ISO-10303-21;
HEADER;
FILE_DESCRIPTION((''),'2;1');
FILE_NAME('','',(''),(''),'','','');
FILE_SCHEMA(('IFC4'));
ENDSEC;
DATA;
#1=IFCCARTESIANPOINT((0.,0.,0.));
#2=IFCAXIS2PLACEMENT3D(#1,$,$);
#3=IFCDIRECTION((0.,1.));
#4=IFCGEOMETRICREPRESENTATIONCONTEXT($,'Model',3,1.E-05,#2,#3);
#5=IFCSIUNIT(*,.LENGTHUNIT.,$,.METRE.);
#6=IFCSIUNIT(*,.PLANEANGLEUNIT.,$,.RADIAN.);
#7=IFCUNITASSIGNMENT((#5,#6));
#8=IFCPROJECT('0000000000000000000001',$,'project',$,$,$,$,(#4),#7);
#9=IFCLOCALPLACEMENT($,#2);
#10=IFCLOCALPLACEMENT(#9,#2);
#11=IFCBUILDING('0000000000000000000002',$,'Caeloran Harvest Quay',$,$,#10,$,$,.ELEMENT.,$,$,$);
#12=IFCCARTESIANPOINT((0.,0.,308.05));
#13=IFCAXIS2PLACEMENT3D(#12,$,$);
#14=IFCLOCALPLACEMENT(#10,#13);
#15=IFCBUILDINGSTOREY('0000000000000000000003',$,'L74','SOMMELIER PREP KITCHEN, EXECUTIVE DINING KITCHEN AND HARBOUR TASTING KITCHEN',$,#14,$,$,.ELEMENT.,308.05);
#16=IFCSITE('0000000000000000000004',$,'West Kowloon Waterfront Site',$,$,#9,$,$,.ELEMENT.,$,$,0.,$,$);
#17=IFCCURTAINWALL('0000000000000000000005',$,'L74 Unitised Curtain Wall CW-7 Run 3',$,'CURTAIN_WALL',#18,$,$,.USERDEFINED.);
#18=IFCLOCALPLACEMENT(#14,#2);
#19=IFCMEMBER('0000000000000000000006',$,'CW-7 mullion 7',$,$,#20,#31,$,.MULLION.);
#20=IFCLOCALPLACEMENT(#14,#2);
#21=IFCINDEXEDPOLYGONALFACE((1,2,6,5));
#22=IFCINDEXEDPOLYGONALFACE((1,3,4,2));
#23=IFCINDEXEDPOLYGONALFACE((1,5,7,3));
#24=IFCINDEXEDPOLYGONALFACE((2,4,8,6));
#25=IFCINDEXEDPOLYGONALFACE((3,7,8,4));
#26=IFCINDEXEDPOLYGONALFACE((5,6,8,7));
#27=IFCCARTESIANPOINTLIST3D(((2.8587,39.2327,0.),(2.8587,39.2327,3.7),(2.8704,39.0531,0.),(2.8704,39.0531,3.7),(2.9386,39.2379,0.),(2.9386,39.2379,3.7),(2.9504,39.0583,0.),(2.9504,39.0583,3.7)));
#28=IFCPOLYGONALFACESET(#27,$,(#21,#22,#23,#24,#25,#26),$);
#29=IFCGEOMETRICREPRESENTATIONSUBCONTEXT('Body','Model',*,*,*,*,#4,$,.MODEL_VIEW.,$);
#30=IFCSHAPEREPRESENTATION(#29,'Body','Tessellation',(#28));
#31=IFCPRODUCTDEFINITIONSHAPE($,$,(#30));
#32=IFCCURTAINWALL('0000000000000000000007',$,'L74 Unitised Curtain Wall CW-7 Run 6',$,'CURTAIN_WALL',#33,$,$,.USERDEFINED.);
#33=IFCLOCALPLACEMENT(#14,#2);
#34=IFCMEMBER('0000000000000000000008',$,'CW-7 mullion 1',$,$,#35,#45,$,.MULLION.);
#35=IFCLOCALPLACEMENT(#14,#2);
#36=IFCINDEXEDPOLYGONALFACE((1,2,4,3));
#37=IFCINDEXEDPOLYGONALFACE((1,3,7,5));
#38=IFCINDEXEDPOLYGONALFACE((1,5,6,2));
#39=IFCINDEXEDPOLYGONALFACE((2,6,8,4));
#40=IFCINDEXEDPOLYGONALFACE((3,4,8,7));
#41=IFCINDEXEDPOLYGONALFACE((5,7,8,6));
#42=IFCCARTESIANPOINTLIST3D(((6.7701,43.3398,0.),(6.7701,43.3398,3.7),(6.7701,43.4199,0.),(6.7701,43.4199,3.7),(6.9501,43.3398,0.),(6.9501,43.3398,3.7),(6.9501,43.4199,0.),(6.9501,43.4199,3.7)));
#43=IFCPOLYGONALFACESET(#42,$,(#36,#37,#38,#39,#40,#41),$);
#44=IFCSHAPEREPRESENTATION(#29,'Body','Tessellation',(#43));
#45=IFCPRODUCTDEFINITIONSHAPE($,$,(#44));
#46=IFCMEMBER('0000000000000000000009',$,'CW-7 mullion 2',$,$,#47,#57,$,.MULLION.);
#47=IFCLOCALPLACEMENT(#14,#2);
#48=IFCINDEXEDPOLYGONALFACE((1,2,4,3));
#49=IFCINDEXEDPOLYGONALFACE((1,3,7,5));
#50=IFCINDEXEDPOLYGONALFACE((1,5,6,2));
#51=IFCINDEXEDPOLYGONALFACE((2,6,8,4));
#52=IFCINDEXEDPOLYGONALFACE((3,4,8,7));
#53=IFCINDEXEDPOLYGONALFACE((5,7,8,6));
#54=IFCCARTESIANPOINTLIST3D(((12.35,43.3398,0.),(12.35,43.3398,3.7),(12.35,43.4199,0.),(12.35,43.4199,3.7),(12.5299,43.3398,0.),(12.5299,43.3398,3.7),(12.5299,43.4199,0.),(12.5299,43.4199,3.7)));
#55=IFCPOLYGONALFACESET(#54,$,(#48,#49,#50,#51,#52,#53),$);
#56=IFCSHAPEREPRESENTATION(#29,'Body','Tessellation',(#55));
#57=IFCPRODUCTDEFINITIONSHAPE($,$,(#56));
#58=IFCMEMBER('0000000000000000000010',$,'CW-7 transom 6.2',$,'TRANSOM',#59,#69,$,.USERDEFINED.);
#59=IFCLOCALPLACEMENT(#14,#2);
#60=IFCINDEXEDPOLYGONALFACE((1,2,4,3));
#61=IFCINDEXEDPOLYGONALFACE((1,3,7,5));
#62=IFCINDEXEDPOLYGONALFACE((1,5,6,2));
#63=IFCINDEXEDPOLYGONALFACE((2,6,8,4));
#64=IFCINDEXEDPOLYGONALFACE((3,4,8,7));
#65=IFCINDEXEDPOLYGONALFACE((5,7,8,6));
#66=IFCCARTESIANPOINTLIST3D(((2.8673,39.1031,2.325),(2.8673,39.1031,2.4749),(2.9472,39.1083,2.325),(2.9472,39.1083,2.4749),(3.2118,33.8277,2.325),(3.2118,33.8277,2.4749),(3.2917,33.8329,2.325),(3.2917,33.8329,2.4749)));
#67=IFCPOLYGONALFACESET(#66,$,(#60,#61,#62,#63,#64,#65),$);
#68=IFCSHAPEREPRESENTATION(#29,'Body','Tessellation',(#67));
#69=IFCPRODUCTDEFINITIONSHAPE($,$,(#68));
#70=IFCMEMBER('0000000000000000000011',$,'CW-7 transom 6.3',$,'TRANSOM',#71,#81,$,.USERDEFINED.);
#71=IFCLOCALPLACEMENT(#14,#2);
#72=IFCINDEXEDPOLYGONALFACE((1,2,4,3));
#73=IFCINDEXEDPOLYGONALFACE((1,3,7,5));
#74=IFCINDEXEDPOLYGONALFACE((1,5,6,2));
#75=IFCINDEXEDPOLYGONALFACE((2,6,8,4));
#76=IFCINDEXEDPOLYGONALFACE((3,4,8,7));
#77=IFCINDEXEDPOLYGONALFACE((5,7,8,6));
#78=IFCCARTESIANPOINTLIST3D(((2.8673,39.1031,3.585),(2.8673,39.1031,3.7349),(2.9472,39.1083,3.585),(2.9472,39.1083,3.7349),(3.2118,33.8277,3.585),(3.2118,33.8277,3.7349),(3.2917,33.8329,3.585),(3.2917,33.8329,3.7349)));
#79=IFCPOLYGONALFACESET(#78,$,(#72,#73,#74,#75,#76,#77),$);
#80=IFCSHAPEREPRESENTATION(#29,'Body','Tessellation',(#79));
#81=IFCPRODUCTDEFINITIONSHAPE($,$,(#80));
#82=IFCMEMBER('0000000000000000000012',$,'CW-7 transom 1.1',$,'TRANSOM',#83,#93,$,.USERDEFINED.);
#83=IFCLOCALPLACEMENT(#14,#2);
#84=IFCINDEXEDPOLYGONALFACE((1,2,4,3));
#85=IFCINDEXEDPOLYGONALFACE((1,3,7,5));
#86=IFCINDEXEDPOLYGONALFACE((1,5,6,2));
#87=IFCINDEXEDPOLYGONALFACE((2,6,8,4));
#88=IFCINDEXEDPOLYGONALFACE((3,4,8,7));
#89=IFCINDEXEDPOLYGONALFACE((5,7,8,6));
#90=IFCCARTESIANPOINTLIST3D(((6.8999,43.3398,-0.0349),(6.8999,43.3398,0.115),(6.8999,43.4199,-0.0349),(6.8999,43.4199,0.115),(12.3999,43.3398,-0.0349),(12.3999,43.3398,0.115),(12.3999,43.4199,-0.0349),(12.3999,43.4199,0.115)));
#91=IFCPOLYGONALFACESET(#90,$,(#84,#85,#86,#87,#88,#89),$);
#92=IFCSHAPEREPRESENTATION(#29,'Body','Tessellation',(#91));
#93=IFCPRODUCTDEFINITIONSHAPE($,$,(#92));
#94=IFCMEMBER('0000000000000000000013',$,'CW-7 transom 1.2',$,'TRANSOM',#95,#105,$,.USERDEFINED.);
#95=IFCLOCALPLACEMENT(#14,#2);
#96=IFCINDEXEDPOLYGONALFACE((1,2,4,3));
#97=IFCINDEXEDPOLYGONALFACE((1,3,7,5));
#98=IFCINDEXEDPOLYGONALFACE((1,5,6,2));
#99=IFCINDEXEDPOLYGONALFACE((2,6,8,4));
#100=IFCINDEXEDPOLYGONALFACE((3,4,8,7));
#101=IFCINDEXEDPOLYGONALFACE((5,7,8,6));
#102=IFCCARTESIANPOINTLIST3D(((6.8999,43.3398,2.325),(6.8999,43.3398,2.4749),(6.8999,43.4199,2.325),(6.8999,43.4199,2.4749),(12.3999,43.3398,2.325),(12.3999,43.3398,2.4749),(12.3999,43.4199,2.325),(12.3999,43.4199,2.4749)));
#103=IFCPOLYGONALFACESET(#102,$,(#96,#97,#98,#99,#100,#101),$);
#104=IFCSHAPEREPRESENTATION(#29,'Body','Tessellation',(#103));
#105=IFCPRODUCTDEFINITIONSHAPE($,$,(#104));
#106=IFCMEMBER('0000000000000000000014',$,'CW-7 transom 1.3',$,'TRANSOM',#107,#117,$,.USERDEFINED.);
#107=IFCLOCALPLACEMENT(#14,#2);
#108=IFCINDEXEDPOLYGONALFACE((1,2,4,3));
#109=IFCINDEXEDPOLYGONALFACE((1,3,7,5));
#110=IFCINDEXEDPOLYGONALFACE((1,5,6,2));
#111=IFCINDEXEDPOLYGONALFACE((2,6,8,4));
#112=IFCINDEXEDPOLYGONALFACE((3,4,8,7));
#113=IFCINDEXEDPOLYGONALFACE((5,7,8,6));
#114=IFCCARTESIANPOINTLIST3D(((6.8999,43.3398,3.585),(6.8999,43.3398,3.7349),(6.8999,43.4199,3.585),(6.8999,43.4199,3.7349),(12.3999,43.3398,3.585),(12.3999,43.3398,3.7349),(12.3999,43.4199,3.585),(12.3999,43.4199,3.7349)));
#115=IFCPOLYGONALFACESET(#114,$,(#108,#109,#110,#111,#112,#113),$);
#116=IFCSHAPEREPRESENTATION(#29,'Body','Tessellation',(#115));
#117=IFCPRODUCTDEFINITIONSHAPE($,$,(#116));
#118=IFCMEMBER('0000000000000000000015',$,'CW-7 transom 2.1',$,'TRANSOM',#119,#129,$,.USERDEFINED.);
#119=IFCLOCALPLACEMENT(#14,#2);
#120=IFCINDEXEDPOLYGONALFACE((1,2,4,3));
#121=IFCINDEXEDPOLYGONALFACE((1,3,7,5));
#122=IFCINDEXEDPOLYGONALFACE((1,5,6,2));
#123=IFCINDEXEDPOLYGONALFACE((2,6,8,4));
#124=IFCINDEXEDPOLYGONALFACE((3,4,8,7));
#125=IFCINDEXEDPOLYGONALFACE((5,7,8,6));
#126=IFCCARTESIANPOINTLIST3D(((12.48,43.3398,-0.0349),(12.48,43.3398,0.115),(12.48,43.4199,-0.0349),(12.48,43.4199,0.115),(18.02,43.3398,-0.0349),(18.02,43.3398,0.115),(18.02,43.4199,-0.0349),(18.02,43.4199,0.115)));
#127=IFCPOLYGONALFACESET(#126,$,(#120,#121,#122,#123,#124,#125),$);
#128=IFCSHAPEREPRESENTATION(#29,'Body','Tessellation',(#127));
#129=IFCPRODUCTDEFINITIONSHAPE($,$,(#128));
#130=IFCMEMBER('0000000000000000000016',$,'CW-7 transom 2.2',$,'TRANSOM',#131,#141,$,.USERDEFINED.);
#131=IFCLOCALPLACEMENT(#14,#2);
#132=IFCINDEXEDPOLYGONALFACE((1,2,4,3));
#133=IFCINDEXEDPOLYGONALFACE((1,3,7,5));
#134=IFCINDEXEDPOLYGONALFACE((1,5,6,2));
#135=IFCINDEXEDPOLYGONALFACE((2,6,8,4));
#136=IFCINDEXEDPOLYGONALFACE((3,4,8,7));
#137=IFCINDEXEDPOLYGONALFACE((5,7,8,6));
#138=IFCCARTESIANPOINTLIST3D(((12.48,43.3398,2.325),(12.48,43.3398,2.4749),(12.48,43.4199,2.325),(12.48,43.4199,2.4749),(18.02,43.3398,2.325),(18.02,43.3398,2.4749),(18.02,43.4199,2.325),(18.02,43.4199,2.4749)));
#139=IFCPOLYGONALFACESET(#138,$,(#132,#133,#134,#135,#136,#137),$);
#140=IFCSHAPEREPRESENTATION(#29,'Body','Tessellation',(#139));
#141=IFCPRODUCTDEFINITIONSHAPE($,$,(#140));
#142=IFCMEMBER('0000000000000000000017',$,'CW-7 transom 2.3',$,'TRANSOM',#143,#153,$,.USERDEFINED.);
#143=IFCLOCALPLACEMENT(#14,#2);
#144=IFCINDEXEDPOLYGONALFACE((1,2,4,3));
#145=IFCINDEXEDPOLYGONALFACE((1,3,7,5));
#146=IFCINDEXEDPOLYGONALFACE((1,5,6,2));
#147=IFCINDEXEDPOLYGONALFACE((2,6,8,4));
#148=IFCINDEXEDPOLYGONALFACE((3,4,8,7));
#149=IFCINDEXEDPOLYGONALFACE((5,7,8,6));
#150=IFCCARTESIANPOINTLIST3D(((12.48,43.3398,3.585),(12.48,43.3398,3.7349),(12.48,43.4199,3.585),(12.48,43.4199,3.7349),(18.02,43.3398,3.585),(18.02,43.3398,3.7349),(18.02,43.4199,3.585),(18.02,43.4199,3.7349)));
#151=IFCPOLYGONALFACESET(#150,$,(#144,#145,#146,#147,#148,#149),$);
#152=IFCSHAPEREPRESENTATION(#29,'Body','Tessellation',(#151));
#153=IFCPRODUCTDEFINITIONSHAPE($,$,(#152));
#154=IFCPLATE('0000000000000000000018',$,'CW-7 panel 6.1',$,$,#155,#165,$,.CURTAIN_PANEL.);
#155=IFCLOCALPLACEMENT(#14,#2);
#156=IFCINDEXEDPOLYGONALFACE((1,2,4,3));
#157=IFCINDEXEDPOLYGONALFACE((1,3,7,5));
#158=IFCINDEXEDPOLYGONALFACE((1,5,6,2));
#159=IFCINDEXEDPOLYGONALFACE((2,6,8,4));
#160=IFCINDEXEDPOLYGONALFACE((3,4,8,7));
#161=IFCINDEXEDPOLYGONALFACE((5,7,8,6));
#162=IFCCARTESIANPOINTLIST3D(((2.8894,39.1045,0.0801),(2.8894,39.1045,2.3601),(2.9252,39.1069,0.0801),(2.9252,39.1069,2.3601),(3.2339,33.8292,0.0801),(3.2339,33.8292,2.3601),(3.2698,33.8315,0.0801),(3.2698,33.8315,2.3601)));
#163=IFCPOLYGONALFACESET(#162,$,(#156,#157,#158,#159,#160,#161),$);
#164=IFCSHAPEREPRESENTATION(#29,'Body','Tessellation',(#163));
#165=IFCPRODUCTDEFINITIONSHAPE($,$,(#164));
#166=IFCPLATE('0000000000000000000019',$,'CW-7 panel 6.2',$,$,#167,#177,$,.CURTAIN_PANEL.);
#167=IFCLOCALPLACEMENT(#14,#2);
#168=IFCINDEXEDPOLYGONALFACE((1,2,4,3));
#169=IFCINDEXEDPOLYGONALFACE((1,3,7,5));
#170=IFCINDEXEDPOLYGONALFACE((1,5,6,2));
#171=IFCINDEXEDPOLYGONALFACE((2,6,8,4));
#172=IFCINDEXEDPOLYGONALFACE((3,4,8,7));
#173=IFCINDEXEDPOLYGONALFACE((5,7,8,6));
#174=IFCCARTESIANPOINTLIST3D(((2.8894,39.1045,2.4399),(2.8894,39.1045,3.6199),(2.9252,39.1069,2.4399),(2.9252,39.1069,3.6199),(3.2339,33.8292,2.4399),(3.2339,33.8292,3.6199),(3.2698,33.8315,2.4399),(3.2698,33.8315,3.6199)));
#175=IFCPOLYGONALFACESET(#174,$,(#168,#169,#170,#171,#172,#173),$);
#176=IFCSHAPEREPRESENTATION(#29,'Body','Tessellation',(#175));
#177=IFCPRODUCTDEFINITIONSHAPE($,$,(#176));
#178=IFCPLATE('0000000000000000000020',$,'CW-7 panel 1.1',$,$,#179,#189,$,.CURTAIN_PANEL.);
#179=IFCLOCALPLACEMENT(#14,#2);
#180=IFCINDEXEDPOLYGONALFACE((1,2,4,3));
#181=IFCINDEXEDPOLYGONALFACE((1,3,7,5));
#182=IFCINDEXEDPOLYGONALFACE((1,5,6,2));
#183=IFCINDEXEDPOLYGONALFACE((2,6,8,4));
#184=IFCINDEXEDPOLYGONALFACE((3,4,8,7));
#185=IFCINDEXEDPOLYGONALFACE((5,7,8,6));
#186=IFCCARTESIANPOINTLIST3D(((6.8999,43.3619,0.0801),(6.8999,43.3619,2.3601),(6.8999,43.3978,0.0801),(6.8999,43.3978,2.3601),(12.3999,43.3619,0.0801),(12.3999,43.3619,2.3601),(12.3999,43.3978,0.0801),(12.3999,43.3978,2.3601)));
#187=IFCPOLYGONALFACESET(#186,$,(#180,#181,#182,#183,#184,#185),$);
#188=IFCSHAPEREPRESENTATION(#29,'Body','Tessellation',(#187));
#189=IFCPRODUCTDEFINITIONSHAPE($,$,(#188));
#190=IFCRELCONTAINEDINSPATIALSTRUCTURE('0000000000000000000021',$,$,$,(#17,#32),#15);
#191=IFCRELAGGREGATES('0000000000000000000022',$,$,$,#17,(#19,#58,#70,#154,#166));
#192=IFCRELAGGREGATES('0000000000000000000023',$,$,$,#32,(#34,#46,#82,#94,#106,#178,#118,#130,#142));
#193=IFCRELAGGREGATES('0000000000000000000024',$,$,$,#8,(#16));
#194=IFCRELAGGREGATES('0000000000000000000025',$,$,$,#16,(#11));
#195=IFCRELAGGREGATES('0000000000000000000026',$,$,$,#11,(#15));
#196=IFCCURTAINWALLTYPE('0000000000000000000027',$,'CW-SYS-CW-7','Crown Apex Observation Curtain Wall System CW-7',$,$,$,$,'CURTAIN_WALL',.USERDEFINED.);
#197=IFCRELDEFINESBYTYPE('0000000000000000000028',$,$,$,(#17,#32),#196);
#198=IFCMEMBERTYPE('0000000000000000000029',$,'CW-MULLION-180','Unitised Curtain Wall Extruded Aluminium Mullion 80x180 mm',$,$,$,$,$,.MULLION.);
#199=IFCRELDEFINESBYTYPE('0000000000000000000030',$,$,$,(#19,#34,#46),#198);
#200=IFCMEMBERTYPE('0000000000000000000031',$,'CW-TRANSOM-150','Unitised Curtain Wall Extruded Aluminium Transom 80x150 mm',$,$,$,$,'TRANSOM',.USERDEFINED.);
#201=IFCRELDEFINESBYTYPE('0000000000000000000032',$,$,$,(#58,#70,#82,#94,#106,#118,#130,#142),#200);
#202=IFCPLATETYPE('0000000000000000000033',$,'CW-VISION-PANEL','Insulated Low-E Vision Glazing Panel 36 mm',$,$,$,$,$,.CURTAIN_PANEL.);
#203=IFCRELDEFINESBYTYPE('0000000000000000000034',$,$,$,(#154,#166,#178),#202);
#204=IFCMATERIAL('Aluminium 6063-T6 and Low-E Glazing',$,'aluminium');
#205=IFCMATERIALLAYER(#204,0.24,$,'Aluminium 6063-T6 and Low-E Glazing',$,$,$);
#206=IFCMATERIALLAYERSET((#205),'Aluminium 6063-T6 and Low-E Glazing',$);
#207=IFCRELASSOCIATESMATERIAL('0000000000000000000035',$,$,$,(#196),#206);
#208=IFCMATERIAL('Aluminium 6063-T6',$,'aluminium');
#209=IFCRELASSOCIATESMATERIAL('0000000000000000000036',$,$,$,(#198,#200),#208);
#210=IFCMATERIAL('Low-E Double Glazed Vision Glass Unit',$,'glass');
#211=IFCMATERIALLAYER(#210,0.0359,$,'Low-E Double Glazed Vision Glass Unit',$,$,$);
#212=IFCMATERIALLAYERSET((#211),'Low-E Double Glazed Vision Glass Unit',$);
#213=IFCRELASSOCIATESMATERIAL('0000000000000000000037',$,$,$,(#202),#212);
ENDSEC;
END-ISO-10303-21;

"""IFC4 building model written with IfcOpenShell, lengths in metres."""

from ifc_helpers import new_model, si_unit, direction, frame, origin, origin_2d, place, context, subcontext, project, spatial, rectangle, extrude, material, layer, layer_set, material_profile, profile_set, type_object, element, aggregate, save


model = new_model("IFC4")

# Units and contexts
model_context = context("Model", 3, precision=1e-05, world=origin(), true_north=direction((0.0, 1.0)))
body_context = subcontext(model_context, "Body", "Model", "MODEL_VIEW")
ifc_project = project(units=[si_unit("LENGTHUNIT", "METRE"), si_unit("PLANEANGLEUNIT", "RADIAN")], contexts=[model_context])

# Site, building, storey
site_placement = place(None, origin())
site = spatial("IfcSite", under=ifc_project, at=site_placement, Name="West Kowloon Waterfront Site", CompositionType="ELEMENT", RefElevation=0.0)
building_placement = place(site_placement, origin())
building = spatial("IfcBuilding", under=site, at=building_placement, Name="Caeloran Harvest Quay", CompositionType="ELEMENT")
storey_placement = place(building_placement, frame((0.0, 0.0, 308.05)))
storey = spatial("IfcBuildingStorey", under=building, at=storey_placement, Name="L74", Description="SOMMELIER PREP KITCHEN, EXECUTIVE DINING KITCHEN AND HARBOUR TASTING KITCHEN", CompositionType="ELEMENT", Elevation=308.05)

# Curtain wall, member
ifc_material_1 = material(Name="Aluminium 6063-T6 and Low-E Glazing", Category="aluminium")
ifc_layer_1 = layer(ifc_material_1, 0.24, Name="Aluminium 6063-T6 and Low-E Glazing")
ifc_layer_set_1 = layer_set([ifc_layer_1], Name="Aluminium 6063-T6 and Low-E Glazing")
curtain_wall_type = type_object("IfcCurtainWallType", Name="CW-SYS-CW-7", Description="Crown Apex Observation Curtain Wall System CW-7", ElementType="CURTAIN_WALL", PredefinedType="USERDEFINED", material=ifc_layer_set_1)
curtain_wall_1_placement = place(storey_placement, origin())
curtain_wall_1 = element("IfcCurtainWall", 1, at=curtain_wall_1_placement, inside=storey, type_object=curtain_wall_type, Name="L74 Unitised Curtain Wall CW-7 Run 3", ObjectType="CURTAIN_WALL", PredefinedType="USERDEFINED")
ifc_material_2 = material(Name="Aluminium 6063-T6", Category="aluminium")
ifc_material_profile_1 = material_profile(ifc_material_2, rectangle(XDim=0.0801, YDim=0.1799, at=origin_2d()), Name="CW-MULLION-180")
ifc_profile_set_1 = profile_set([ifc_material_profile_1], Name="Aluminium 6063-T6")
member_type_1 = type_object("IfcMemberType", Name="CW-MULLION-180", Description="Unitised Curtain Wall Extruded Aluminium Mullion 80x180 mm", PredefinedType="MULLION", material=ifc_profile_set_1)
member_1_placement = place(storey_placement, frame((2.9045, 39.1455, 0.0), z_axis=(0.0, 0.0, 1.0), x_axis=(-0.997874, -0.065167, 0.0)))
member_1 = element("IfcMember", 2, at=member_1_placement, type_object=member_type_1, Name="CW-7 mullion 7", PredefinedType="MULLION", context=body_context, shape_type="SweptSolid", body=[
    extrude(rectangle(XDim=0.0801, YDim=0.1799, at=origin_2d()), origin(), (0.0, 0.0, 1.0), 3.7),
])

# Curtain wall, members
curtain_wall_2_placement = place(storey_placement, origin())
curtain_wall_2 = element("IfcCurtainWall", 3, at=curtain_wall_2_placement, inside=storey, type_object=curtain_wall_type, Name="L74 Unitised Curtain Wall CW-7 Run 6", ObjectType="CURTAIN_WALL", PredefinedType="USERDEFINED")
member_2_placement = place(storey_placement, frame((6.8601, 43.3799, 0.0), z_axis=(0.0, 0.0, 1.0), x_axis=(0.0, 1.0, 0.0)))
member_2 = element("IfcMember", 4, at=member_2_placement, type_object=member_type_1, Name="CW-7 mullion 1", PredefinedType="MULLION", context=body_context, shape_type="SweptSolid", body=[
    extrude(rectangle(XDim=0.0801, YDim=0.1799, at=origin_2d()), origin(), (0.0, 0.0, 1.0), 3.7),
])
member_3_placement = place(storey_placement, frame((12.4399, 43.3799, 0.0), z_axis=(0.0, 0.0, 1.0), x_axis=(0.0, 1.0, 0.0)))
member_3 = element("IfcMember", 5, at=member_3_placement, type_object=member_type_1, Name="CW-7 mullion 2", PredefinedType="MULLION", context=body_context, shape_type="SweptSolid", body=[
    extrude(rectangle(XDim=0.0801, YDim=0.1799, at=origin_2d()), origin(), (0.0, 0.0, 1.0), 3.7),
])

# Members
ifc_material_profile_2 = material_profile(ifc_material_2, rectangle(XDim=0.0801, YDim=0.1499, at=origin_2d()), Name="CW-TRANSOM-150")
ifc_profile_set_2 = profile_set([ifc_material_profile_2], Name="Aluminium 6063-T6")
member_type_2 = type_object("IfcMemberType", Name="CW-TRANSOM-150", Description="Unitised Curtain Wall Extruded Aluminium Transom 80x150 mm", ElementType="TRANSOM", PredefinedType="USERDEFINED", material=ifc_profile_set_2)
member_4_placement = place(storey_placement, frame((3.2517, 33.8303, 2.3999), z_axis=(-0.065161, 0.997875, 0.0), x_axis=(-0.997875, -0.065161, 0.0)))
member_4 = element("IfcMember", 6, at=member_4_placement, type_object=member_type_2, Name="CW-7 transom 6.2", ObjectType="TRANSOM", PredefinedType="USERDEFINED", context=body_context, shape_type="SweptSolid", body=[
    extrude(rectangle(XDim=0.0801, YDim=0.1499, at=origin_2d()), origin(), (0.0, 0.0, 1.0), 5.2866),
])
member_5_placement = place(storey_placement, frame((3.2517, 33.8303, 3.6599), z_axis=(-0.065161, 0.997875, 0.0), x_axis=(-0.997875, -0.065161, 0.0)))
member_5 = element("IfcMember", 7, at=member_5_placement, type_object=member_type_2, Name="CW-7 transom 6.3", ObjectType="TRANSOM", PredefinedType="USERDEFINED", context=body_context, shape_type="SweptSolid", body=[
    extrude(rectangle(XDim=0.0801, YDim=0.1499, at=origin_2d()), origin(), (0.0, 0.0, 1.0), 5.2866),
])
member_6_placement = place(storey_placement, frame((6.8999, 43.3799, 0.04), z_axis=(1.0, 0.0, 0.0), x_axis=(0.0, 1.0, 0.0)))
member_6 = element("IfcMember", 8, at=member_6_placement, type_object=member_type_2, Name="CW-7 transom 1.1", ObjectType="TRANSOM", PredefinedType="USERDEFINED", context=body_context, shape_type="SweptSolid", body=[
    extrude(rectangle(XDim=0.0801, YDim=0.1499, at=origin_2d()), origin(), (0.0, 0.0, 1.0), 5.5),
])
member_7_placement = place(storey_placement, frame((6.8999, 43.3799, 2.3999), z_axis=(1.0, 0.0, 0.0), x_axis=(0.0, 1.0, 0.0)))
member_7 = element("IfcMember", 9, at=member_7_placement, type_object=member_type_2, Name="CW-7 transom 1.2", ObjectType="TRANSOM", PredefinedType="USERDEFINED", context=body_context, shape_type="SweptSolid", body=[
    extrude(rectangle(XDim=0.0801, YDim=0.1499, at=origin_2d()), origin(), (0.0, 0.0, 1.0), 5.5),
])
member_8_placement = place(storey_placement, frame((6.8999, 43.3799, 3.6599), z_axis=(1.0, 0.0, 0.0), x_axis=(0.0, 1.0, 0.0)))
member_8 = element("IfcMember", 10, at=member_8_placement, type_object=member_type_2, Name="CW-7 transom 1.3", ObjectType="TRANSOM", PredefinedType="USERDEFINED", context=body_context, shape_type="SweptSolid", body=[
    extrude(rectangle(XDim=0.0801, YDim=0.1499, at=origin_2d()), origin(), (0.0, 0.0, 1.0), 5.5),
])
member_9_placement = place(storey_placement, frame((12.48, 43.3799, 0.04), z_axis=(1.0, 0.0, 0.0), x_axis=(0.0, 1.0, 0.0)))
member_9 = element("IfcMember", 11, at=member_9_placement, type_object=member_type_2, Name="CW-7 transom 2.1", ObjectType="TRANSOM", PredefinedType="USERDEFINED", context=body_context, shape_type="SweptSolid", body=[
    extrude(rectangle(XDim=0.0801, YDim=0.1499, at=origin_2d()), origin(), (0.0, 0.0, 1.0), 5.54),
])
member_10_placement = place(storey_placement, frame((12.48, 43.3799, 2.3999), z_axis=(1.0, 0.0, 0.0), x_axis=(0.0, 1.0, 0.0)))
member_10 = element("IfcMember", 12, at=member_10_placement, type_object=member_type_2, Name="CW-7 transom 2.2", ObjectType="TRANSOM", PredefinedType="USERDEFINED", context=body_context, shape_type="SweptSolid", body=[
    extrude(rectangle(XDim=0.0801, YDim=0.1499, at=origin_2d()), origin(), (0.0, 0.0, 1.0), 5.54),
])
member_11_placement = place(storey_placement, frame((12.48, 43.3799, 3.6599), z_axis=(1.0, 0.0, 0.0), x_axis=(0.0, 1.0, 0.0)))
member_11 = element("IfcMember", 13, at=member_11_placement, type_object=member_type_2, Name="CW-7 transom 2.3", ObjectType="TRANSOM", PredefinedType="USERDEFINED", context=body_context, shape_type="SweptSolid", body=[
    extrude(rectangle(XDim=0.0801, YDim=0.1499, at=origin_2d()), origin(), (0.0, 0.0, 1.0), 5.54),
])

# Plates
ifc_material_3 = material(Name="Low-E Double Glazed Vision Glass Unit", Category="glass")
ifc_layer_2 = layer(ifc_material_3, 0.0359, Name="Low-E Double Glazed Vision Glass Unit")
ifc_layer_set_2 = layer_set([ifc_layer_2], Name="Low-E Double Glazed Vision Glass Unit")
plate_type = type_object("IfcPlateType", Name="CW-VISION-PANEL", Description="Insulated Low-E Vision Glazing Panel 36 mm", PredefinedType="CURTAIN_PANEL", material=ifc_layer_set_2)
plate_1_placement = place(storey_placement, frame((3.0796, 36.468, 0.0801), z_axis=(0.0, 0.0, 1.0), x_axis=(-0.065167, 0.997874, 0.0)))
plate_1 = element("IfcPlate", 14, at=plate_1_placement, type_object=plate_type, Name="CW-7 panel 6.1", PredefinedType="CURTAIN_PANEL", context=body_context, shape_type="SweptSolid", body=[
    extrude(rectangle(XDim=5.2866, YDim=0.0359, at=origin_2d()), origin(), (0.0, 0.0, 1.0), 2.28),
])
plate_2_placement = place(storey_placement, frame((3.0796, 36.468, 2.4399), z_axis=(0.0, 0.0, 1.0), x_axis=(-0.065167, 0.997874, 0.0)))
plate_2 = element("IfcPlate", 15, at=plate_2_placement, type_object=plate_type, Name="CW-7 panel 6.2", PredefinedType="CURTAIN_PANEL", context=body_context, shape_type="SweptSolid", body=[
    extrude(rectangle(XDim=5.2866, YDim=0.0359, at=origin_2d()), origin(), (0.0, 0.0, 1.0), 1.1799),
])
aggregate(curtain_wall_1, [member_1, member_4, member_5, plate_1, plate_2])
plate_3_placement = place(storey_placement, frame((9.6499, 43.3799, 0.0801), z_axis=(0.0, 0.0, 1.0), x_axis=(1.0, 0.0, 0.0)))
plate_3 = element("IfcPlate", 16, at=plate_3_placement, type_object=plate_type, Name="CW-7 panel 1.1", PredefinedType="CURTAIN_PANEL", context=body_context, shape_type="SweptSolid", body=[
    extrude(rectangle(XDim=5.5, YDim=0.0359, at=origin_2d()), origin(), (0.0, 0.0, 1.0), 2.28),
])
aggregate(curtain_wall_2, [member_2, member_3, member_6, member_7, member_8, plate_3, member_9, member_10, member_11])

save(model, "model.ifc")
